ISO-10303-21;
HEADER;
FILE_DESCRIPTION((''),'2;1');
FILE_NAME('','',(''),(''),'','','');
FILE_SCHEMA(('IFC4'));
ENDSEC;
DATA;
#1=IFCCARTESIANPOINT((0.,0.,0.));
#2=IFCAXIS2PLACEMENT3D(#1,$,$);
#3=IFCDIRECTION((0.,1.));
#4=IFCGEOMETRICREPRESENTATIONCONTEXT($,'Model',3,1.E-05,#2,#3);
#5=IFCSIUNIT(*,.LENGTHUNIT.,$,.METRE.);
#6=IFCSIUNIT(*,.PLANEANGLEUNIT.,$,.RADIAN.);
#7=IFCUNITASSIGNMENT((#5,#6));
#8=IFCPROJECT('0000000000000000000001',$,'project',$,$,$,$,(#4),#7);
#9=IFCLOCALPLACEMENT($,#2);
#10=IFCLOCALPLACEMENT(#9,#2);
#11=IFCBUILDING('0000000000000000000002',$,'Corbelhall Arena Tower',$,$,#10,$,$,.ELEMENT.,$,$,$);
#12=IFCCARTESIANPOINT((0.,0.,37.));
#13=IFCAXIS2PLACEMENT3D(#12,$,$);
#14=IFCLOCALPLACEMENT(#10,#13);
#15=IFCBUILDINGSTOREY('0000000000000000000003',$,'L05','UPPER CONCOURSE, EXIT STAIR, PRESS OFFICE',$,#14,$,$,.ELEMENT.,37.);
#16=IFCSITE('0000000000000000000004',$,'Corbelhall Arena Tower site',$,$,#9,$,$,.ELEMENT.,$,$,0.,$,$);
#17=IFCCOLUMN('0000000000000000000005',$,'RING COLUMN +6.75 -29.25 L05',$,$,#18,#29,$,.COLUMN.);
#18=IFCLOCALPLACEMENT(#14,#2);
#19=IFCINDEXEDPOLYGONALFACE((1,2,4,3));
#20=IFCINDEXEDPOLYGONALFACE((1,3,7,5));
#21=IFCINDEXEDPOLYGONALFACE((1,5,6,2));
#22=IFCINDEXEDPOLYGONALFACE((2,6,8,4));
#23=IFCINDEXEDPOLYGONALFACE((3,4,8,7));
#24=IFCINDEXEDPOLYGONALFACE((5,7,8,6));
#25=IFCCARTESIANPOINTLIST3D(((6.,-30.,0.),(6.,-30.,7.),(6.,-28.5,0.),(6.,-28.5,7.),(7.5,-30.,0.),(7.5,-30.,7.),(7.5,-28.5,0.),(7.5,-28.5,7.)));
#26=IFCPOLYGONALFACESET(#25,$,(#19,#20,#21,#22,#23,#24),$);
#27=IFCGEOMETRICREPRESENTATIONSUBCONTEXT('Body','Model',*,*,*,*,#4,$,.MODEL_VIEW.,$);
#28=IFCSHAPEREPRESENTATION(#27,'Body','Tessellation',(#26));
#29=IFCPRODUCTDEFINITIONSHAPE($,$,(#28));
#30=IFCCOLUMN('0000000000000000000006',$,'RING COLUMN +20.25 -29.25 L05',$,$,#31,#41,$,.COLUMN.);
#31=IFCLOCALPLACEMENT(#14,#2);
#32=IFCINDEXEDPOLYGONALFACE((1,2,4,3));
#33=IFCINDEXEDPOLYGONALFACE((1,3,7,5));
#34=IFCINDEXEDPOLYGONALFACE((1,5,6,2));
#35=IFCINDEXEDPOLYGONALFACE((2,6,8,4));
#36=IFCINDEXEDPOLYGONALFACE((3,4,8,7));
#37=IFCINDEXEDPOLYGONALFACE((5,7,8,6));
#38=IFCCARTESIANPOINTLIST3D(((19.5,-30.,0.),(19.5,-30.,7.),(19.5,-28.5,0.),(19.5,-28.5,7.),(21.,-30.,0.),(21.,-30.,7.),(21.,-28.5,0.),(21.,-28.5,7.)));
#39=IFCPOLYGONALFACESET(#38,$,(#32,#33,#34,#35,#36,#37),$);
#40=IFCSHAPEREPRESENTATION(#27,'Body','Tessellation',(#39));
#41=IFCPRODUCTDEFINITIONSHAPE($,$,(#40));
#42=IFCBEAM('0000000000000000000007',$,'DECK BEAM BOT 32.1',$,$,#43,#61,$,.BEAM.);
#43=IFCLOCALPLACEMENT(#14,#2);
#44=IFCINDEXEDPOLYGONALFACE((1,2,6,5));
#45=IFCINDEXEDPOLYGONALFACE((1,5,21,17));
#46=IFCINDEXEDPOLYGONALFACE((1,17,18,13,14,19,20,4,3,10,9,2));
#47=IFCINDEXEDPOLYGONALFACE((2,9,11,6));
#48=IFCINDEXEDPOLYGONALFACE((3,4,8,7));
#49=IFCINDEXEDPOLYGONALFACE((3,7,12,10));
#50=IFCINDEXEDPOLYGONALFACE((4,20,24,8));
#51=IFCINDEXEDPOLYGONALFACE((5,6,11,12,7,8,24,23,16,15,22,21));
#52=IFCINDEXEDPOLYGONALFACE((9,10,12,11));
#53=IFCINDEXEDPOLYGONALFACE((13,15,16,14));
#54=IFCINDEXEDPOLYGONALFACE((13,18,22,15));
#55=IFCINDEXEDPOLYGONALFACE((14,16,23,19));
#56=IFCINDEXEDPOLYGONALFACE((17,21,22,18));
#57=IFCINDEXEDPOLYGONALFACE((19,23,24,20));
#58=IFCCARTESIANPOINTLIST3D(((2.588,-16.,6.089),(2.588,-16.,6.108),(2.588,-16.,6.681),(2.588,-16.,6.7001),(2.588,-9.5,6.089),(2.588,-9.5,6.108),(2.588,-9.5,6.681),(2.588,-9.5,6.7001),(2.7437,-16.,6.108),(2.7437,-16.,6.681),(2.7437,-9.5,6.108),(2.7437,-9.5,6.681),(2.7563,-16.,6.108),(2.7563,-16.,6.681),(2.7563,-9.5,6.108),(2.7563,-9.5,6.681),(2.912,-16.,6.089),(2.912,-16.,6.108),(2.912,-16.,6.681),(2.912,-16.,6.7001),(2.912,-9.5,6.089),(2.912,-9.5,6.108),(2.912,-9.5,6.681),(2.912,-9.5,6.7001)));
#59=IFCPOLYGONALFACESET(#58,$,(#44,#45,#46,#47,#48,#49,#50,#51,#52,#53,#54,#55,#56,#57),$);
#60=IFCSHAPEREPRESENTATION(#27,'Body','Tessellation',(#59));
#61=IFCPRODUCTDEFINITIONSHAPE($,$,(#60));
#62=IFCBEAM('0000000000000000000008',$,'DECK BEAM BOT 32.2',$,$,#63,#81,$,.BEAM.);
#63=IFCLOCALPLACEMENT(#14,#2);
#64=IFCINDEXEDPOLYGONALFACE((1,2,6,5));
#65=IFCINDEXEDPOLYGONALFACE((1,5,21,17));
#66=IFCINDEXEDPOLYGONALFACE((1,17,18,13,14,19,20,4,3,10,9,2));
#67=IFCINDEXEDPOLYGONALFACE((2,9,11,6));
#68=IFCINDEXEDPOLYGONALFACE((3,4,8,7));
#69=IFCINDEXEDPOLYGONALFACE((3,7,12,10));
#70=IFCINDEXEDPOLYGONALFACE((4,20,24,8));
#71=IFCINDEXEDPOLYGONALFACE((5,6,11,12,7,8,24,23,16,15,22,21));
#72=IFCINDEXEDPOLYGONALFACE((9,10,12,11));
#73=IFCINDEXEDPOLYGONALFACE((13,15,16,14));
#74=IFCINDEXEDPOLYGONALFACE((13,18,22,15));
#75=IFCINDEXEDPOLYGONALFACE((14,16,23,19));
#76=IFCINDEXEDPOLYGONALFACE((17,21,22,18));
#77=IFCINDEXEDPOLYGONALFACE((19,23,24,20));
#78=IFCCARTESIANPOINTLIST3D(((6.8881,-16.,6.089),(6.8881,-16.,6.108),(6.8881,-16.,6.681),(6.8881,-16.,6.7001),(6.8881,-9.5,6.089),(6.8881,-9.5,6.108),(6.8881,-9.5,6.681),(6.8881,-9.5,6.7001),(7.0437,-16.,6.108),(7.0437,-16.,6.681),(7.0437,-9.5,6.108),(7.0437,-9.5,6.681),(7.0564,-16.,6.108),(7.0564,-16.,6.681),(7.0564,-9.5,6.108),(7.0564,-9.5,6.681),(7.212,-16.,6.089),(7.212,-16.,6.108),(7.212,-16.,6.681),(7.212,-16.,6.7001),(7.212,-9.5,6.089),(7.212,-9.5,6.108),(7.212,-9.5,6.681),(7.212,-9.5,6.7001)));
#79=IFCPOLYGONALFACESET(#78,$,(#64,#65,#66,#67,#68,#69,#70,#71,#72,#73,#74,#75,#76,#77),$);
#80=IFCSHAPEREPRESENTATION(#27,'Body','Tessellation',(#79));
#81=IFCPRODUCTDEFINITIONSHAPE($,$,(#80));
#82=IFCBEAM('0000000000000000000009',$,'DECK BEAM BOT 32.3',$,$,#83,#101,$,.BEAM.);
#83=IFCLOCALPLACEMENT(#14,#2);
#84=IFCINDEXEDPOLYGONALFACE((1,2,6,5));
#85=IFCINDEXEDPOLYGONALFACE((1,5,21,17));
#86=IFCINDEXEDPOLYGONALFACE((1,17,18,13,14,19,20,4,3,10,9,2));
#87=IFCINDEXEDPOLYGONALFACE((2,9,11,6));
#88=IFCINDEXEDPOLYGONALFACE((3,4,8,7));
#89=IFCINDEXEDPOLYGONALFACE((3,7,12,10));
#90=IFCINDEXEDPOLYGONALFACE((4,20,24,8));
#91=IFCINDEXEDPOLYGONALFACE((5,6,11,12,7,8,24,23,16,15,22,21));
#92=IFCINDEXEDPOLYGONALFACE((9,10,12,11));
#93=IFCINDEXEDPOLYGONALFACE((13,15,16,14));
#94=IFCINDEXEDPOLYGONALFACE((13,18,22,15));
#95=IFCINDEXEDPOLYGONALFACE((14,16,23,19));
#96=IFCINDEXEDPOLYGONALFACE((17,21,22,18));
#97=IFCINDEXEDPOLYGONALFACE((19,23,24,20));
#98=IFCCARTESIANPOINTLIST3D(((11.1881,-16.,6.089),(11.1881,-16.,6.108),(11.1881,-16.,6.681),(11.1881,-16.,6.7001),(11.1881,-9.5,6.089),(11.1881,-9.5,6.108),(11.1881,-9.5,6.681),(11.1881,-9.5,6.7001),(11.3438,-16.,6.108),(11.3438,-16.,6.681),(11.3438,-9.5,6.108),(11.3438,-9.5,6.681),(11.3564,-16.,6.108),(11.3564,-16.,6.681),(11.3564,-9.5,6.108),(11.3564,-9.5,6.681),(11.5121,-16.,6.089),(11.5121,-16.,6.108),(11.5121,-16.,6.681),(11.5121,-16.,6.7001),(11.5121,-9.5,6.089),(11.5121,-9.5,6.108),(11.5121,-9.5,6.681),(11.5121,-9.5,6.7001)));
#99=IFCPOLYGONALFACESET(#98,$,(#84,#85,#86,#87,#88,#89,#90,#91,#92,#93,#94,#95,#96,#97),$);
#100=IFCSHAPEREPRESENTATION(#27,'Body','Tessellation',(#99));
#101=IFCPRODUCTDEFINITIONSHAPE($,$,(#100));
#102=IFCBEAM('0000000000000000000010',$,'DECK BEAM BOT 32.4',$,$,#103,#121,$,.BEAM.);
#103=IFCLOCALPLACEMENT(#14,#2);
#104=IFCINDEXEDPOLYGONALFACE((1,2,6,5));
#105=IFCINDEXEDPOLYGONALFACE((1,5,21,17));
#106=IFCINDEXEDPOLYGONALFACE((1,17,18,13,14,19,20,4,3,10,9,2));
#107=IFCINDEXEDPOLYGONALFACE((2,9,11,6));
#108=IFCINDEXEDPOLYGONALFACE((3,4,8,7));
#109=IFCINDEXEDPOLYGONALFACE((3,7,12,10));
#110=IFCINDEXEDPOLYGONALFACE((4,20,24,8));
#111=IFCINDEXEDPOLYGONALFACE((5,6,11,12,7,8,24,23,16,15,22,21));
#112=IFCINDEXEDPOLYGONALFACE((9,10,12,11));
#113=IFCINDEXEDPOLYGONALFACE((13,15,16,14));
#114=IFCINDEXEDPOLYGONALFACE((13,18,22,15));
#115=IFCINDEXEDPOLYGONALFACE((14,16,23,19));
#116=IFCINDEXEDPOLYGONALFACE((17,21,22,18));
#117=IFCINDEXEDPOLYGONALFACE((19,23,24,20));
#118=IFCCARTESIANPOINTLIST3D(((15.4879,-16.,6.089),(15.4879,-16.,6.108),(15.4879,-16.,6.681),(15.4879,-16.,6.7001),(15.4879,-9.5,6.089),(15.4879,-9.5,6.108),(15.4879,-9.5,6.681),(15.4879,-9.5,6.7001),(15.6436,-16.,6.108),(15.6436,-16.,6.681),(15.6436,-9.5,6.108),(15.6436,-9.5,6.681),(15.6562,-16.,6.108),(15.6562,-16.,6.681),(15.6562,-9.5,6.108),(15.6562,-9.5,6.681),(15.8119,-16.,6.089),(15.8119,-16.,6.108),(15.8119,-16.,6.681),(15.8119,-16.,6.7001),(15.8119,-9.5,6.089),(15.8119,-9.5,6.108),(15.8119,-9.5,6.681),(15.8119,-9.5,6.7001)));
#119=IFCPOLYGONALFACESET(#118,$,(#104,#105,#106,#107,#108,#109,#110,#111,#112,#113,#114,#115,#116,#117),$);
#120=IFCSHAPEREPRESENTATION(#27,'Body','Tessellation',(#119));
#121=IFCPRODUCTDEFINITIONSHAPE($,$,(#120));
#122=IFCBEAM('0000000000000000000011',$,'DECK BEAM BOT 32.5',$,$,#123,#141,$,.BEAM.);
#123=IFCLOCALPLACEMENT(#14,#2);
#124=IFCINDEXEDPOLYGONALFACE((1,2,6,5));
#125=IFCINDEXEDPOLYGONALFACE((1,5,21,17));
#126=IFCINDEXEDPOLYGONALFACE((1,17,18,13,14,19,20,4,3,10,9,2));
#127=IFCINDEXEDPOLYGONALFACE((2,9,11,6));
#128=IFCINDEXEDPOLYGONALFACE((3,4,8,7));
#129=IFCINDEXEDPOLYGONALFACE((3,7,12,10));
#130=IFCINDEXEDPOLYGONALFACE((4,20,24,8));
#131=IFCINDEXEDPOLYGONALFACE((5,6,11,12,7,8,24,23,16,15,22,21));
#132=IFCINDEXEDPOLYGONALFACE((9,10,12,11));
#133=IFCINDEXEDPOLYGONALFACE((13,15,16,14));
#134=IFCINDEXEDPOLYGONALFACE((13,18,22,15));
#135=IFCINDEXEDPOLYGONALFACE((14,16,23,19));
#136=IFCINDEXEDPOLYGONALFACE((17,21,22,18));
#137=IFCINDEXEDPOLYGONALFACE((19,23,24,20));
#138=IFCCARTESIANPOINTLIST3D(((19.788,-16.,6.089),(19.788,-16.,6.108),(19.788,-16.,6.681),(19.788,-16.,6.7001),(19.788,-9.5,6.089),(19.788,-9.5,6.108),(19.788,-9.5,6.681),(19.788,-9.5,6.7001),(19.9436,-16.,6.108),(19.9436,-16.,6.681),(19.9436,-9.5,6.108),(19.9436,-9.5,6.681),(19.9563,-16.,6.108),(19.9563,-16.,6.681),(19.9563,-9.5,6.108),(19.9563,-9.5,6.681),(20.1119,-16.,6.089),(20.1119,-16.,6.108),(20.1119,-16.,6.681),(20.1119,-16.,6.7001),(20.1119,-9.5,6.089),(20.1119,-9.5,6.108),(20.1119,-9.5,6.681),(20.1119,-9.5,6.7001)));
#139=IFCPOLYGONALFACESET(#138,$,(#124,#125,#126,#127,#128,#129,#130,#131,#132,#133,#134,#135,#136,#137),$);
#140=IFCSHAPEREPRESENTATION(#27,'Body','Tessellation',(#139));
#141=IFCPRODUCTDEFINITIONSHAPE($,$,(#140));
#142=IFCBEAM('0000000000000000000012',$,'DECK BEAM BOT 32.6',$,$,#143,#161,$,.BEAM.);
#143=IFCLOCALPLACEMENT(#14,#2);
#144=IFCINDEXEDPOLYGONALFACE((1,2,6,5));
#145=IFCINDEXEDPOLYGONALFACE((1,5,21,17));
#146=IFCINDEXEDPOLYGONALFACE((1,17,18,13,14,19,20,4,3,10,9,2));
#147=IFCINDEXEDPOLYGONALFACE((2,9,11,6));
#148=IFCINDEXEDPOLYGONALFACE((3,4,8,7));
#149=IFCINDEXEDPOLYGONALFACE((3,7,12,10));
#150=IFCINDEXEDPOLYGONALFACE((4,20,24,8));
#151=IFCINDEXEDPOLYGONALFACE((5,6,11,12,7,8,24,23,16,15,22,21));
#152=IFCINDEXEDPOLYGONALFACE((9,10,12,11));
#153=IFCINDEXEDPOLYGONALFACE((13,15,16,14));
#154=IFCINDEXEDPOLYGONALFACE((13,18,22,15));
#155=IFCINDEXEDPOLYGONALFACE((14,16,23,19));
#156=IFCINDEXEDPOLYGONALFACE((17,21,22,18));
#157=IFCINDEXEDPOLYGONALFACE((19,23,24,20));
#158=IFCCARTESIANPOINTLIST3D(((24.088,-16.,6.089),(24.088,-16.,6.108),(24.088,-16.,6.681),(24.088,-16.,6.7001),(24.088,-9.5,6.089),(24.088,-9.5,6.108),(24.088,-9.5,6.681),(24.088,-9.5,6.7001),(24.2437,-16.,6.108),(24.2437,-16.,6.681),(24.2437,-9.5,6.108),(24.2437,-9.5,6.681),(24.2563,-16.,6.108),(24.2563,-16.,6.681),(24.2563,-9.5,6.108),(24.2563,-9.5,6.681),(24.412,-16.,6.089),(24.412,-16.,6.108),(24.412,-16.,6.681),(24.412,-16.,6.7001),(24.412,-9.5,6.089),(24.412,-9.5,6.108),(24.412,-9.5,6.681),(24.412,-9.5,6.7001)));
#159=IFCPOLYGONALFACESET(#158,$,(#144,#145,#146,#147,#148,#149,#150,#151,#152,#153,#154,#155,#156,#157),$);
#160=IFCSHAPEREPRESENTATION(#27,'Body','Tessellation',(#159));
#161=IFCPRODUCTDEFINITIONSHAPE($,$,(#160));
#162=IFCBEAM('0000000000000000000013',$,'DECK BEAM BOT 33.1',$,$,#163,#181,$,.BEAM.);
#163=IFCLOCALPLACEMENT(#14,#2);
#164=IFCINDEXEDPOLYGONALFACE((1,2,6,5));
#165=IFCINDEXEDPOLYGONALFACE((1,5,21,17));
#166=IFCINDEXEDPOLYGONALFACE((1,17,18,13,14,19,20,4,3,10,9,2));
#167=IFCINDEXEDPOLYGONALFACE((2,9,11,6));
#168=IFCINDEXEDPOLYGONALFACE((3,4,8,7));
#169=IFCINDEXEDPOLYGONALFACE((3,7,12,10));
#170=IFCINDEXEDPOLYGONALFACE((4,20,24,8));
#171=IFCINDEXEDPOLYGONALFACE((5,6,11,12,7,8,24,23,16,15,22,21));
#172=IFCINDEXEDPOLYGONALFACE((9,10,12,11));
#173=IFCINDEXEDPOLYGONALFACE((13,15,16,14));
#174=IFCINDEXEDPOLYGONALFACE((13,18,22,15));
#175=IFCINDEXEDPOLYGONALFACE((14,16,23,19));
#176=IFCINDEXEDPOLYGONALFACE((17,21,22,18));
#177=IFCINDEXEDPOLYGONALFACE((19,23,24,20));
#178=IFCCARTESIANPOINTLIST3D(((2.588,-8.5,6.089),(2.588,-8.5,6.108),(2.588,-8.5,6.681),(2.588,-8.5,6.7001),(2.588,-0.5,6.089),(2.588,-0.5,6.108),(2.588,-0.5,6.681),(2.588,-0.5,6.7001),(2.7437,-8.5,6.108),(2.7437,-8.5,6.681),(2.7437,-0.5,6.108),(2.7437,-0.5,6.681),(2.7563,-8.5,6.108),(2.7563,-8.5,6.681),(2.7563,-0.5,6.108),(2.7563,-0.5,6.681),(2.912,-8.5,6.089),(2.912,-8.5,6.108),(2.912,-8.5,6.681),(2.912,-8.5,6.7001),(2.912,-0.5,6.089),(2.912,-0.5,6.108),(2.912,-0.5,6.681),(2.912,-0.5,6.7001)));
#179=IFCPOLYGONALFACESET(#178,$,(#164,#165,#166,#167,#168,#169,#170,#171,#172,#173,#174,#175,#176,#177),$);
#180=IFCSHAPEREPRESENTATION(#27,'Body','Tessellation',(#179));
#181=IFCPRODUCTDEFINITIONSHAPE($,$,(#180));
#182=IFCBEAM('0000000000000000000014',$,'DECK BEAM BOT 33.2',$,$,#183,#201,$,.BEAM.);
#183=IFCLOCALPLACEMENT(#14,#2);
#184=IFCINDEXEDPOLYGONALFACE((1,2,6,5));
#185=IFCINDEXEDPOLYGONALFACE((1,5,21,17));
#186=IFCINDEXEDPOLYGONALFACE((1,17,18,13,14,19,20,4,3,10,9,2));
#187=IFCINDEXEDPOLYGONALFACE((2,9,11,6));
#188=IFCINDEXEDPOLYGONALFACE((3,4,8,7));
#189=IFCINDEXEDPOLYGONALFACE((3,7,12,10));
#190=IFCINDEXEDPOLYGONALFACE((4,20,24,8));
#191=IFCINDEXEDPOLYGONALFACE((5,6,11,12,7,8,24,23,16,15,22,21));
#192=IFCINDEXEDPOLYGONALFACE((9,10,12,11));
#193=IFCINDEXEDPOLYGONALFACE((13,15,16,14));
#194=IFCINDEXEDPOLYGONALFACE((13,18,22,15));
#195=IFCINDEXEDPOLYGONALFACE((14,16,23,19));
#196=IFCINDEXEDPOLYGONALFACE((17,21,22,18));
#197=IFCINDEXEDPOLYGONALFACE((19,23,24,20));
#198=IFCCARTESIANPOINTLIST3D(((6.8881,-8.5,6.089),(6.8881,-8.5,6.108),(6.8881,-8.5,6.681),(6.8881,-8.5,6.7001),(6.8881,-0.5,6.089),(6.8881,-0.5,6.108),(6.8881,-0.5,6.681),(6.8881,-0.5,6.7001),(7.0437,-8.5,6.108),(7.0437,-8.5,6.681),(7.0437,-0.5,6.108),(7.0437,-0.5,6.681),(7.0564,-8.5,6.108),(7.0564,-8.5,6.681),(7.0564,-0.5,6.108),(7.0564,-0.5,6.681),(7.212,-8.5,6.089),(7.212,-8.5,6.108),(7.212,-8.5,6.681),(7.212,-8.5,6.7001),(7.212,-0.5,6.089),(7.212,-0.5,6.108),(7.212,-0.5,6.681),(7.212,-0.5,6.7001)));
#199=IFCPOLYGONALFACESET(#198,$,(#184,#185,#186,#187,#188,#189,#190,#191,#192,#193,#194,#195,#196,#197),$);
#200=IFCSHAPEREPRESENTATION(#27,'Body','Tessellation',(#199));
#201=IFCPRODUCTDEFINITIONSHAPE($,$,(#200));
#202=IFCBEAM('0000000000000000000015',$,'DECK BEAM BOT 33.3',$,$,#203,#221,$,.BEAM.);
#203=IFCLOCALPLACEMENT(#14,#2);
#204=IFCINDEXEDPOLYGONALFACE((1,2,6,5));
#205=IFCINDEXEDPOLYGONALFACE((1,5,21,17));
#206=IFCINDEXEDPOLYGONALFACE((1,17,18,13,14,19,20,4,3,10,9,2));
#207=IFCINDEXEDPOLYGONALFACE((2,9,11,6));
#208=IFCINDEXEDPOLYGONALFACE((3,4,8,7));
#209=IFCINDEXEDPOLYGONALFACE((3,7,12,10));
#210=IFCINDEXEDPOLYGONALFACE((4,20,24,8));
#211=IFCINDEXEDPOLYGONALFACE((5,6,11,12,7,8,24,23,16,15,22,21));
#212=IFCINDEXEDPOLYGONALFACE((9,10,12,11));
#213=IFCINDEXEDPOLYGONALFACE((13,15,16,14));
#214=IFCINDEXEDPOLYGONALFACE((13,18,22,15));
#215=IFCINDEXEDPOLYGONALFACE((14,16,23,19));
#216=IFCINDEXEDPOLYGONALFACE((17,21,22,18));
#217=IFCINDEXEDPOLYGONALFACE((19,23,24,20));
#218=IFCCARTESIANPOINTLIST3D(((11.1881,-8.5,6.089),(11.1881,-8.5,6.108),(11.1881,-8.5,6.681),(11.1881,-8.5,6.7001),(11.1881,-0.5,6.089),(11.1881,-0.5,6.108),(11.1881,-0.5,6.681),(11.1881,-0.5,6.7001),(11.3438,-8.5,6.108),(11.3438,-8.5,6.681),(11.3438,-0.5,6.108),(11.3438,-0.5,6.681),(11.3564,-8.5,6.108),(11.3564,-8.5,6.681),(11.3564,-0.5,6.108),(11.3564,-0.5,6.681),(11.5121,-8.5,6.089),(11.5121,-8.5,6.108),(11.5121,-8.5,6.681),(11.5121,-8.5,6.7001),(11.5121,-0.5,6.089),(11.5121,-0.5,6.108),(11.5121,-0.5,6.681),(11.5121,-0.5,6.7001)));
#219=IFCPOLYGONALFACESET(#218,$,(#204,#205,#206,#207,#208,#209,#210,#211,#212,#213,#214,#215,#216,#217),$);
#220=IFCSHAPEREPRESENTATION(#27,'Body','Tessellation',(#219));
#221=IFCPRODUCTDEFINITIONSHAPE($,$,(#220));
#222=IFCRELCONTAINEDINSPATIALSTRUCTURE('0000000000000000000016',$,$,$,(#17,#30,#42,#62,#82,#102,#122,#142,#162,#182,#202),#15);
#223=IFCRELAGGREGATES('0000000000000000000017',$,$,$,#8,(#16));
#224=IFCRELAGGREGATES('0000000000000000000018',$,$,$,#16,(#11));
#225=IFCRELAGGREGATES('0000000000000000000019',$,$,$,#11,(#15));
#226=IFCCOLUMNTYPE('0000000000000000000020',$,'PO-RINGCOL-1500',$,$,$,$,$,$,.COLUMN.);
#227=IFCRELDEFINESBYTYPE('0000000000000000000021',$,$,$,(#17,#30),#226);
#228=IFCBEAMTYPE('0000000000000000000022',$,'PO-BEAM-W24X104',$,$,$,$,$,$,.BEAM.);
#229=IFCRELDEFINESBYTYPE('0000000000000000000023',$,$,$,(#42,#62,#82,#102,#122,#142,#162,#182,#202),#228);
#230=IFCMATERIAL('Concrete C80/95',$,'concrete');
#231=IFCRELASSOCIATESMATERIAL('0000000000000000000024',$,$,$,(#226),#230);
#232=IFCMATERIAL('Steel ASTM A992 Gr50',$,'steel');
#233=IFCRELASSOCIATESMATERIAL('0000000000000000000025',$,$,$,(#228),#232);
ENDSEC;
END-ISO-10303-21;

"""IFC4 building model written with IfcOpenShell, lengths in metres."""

from ifc_helpers import new_model, si_unit, direction, frame, origin, origin_2d, place, context, subcontext, project, spatial, rectangle, i_section, extrude, material, material_profile, profile_set, type_object, element, save


model = new_model("IFC4")

# Units and contexts
model_context = context("Model", 3, precision=1e-05, world=origin(), true_north=direction((0.0, 1.0)))
body_context = subcontext(model_context, "Body", "Model", "MODEL_VIEW")
ifc_project = project(units=[si_unit("LENGTHUNIT", "METRE"), si_unit("PLANEANGLEUNIT", "RADIAN")], contexts=[model_context])

# Site, building, storey
site_placement = place(None, origin())
site = spatial("IfcSite", under=ifc_project, at=site_placement, Name="Corbelhall Arena Tower site", CompositionType="ELEMENT", RefElevation=0.0)
building_placement = place(site_placement, origin())
building = spatial("IfcBuilding", under=site, at=building_placement, Name="Corbelhall Arena Tower", CompositionType="ELEMENT")
storey_placement = place(building_placement, frame((0.0, 0.0, 37.0)))
storey = spatial("IfcBuildingStorey", under=building, at=storey_placement, Name="L05", Description="UPPER CONCOURSE, EXIT STAIR, PRESS OFFICE", CompositionType="ELEMENT", Elevation=37.0)

# Columns
ifc_material_1 = material(Name="Concrete C80/95", Category="concrete")
ifc_material_profile_1 = material_profile(ifc_material_1, rectangle(XDim=1.5, YDim=1.5, at=origin_2d()))
ifc_profile_set_1 = profile_set([ifc_material_profile_1], Name="Concrete C80/95")
column_type = type_object("IfcColumnType", Name="PO-RINGCOL-1500", PredefinedType="COLUMN", material=ifc_profile_set_1)
for number, where, z_axis, x_axis, name in (
    (1, (6.75, -29.25, 0.0), (0.0, 0.0, 1.0), (1.0, 0.0, 0.0), "RING COLUMN +6.75 -29.25 L05"),
    (2, (20.25, -29.25, 0.0), (0.0, 0.0, 1.0), (1.0, 0.0, 0.0), "RING COLUMN +20.25 -29.25 L05"),
):
    element("IfcColumn", number, at=place(storey_placement, frame(where, z_axis=z_axis, x_axis=x_axis)), inside=storey, type_object=column_type, Name=name, PredefinedType="COLUMN", context=body_context, shape_type="SweptSolid", body=[
        extrude(rectangle(XDim=1.5, YDim=1.5, at=origin_2d()), origin(), (0.0, 0.0, 1.0), 7.0),
    ])

# Beams
ifc_material_2 = material(Name="Steel ASTM A992 Gr50", Category="steel")
ifc_material_profile_2 = material_profile(ifc_material_2, i_section(OverallWidth=0.324, OverallDepth=0.6111, WebThickness=0.0127, FlangeThickness=0.019, at=origin_2d()))
ifc_profile_set_2 = profile_set([ifc_material_profile_2], Name="Steel ASTM A992 Gr50")
beam_type = type_object("IfcBeamType", Name="PO-BEAM-W24X104", PredefinedType="BEAM", material=ifc_profile_set_2)
for number, where, z_axis, x_axis, name in (
    (3, (2.75, -16.0, 6.3945), (0.0, 1.0, 0.0), (-1.0, 0.0, 0.0), "DECK BEAM BOT 32.1"),
    (4, (7.05, -16.0, 6.3945), (0.0, 1.0, 0.0), (-1.0, 0.0, 0.0), "DECK BEAM BOT 32.2"),
    (5, (11.3501, -16.0, 6.3945), (0.0, 1.0, 0.0), (-1.0, 0.0, 0.0), "DECK BEAM BOT 32.3"),
    (6, (15.6499, -16.0, 6.3945), (0.0, 1.0, 0.0), (-1.0, 0.0, 0.0), "DECK BEAM BOT 32.4"),
    (7, (19.95, -16.0, 6.3945), (0.0, 1.0, 0.0), (-1.0, 0.0, 0.0), "DECK BEAM BOT 32.5"),
    (8, (24.25, -16.0, 6.3945), (0.0, 1.0, 0.0), (-1.0, 0.0, 0.0), "DECK BEAM BOT 32.6"),
):
    element("IfcBeam", number, at=place(storey_placement, frame(where, z_axis=z_axis, x_axis=x_axis)), inside=storey, type_object=beam_type, Name=name, PredefinedType="BEAM", context=body_context, shape_type="SweptSolid", body=[
        extrude(i_section(OverallWidth=0.324, OverallDepth=0.6111, WebThickness=0.0127, FlangeThickness=0.019, at=origin_2d()), origin(), (0.0, 0.0, 1.0), 6.5),
    ])
for number, where, z_axis, x_axis, name in (
    (9, (2.75, -8.5, 6.3945), (0.0, 1.0, 0.0), (-1.0, 0.0, 0.0), "DECK BEAM BOT 33.1"),
    (10, (7.05, -8.5, 6.3945), (0.0, 1.0, 0.0), (-1.0, 0.0, 0.0), "DECK BEAM BOT 33.2"),
    (11, (11.3501, -8.5, 6.3945), (0.0, 1.0, 0.0), (-1.0, 0.0, 0.0), "DECK BEAM BOT 33.3"),
):
    element("IfcBeam", number, at=place(storey_placement, frame(where, z_axis=z_axis, x_axis=x_axis)), inside=storey, type_object=beam_type, Name=name, PredefinedType="BEAM", context=body_context, shape_type="SweptSolid", body=[
        extrude(i_section(OverallWidth=0.324, OverallDepth=0.6111, WebThickness=0.0127, FlangeThickness=0.019, at=origin_2d()), origin(), (0.0, 0.0, 1.0), 8.0),
    ])

save(model, "model.ifc")
